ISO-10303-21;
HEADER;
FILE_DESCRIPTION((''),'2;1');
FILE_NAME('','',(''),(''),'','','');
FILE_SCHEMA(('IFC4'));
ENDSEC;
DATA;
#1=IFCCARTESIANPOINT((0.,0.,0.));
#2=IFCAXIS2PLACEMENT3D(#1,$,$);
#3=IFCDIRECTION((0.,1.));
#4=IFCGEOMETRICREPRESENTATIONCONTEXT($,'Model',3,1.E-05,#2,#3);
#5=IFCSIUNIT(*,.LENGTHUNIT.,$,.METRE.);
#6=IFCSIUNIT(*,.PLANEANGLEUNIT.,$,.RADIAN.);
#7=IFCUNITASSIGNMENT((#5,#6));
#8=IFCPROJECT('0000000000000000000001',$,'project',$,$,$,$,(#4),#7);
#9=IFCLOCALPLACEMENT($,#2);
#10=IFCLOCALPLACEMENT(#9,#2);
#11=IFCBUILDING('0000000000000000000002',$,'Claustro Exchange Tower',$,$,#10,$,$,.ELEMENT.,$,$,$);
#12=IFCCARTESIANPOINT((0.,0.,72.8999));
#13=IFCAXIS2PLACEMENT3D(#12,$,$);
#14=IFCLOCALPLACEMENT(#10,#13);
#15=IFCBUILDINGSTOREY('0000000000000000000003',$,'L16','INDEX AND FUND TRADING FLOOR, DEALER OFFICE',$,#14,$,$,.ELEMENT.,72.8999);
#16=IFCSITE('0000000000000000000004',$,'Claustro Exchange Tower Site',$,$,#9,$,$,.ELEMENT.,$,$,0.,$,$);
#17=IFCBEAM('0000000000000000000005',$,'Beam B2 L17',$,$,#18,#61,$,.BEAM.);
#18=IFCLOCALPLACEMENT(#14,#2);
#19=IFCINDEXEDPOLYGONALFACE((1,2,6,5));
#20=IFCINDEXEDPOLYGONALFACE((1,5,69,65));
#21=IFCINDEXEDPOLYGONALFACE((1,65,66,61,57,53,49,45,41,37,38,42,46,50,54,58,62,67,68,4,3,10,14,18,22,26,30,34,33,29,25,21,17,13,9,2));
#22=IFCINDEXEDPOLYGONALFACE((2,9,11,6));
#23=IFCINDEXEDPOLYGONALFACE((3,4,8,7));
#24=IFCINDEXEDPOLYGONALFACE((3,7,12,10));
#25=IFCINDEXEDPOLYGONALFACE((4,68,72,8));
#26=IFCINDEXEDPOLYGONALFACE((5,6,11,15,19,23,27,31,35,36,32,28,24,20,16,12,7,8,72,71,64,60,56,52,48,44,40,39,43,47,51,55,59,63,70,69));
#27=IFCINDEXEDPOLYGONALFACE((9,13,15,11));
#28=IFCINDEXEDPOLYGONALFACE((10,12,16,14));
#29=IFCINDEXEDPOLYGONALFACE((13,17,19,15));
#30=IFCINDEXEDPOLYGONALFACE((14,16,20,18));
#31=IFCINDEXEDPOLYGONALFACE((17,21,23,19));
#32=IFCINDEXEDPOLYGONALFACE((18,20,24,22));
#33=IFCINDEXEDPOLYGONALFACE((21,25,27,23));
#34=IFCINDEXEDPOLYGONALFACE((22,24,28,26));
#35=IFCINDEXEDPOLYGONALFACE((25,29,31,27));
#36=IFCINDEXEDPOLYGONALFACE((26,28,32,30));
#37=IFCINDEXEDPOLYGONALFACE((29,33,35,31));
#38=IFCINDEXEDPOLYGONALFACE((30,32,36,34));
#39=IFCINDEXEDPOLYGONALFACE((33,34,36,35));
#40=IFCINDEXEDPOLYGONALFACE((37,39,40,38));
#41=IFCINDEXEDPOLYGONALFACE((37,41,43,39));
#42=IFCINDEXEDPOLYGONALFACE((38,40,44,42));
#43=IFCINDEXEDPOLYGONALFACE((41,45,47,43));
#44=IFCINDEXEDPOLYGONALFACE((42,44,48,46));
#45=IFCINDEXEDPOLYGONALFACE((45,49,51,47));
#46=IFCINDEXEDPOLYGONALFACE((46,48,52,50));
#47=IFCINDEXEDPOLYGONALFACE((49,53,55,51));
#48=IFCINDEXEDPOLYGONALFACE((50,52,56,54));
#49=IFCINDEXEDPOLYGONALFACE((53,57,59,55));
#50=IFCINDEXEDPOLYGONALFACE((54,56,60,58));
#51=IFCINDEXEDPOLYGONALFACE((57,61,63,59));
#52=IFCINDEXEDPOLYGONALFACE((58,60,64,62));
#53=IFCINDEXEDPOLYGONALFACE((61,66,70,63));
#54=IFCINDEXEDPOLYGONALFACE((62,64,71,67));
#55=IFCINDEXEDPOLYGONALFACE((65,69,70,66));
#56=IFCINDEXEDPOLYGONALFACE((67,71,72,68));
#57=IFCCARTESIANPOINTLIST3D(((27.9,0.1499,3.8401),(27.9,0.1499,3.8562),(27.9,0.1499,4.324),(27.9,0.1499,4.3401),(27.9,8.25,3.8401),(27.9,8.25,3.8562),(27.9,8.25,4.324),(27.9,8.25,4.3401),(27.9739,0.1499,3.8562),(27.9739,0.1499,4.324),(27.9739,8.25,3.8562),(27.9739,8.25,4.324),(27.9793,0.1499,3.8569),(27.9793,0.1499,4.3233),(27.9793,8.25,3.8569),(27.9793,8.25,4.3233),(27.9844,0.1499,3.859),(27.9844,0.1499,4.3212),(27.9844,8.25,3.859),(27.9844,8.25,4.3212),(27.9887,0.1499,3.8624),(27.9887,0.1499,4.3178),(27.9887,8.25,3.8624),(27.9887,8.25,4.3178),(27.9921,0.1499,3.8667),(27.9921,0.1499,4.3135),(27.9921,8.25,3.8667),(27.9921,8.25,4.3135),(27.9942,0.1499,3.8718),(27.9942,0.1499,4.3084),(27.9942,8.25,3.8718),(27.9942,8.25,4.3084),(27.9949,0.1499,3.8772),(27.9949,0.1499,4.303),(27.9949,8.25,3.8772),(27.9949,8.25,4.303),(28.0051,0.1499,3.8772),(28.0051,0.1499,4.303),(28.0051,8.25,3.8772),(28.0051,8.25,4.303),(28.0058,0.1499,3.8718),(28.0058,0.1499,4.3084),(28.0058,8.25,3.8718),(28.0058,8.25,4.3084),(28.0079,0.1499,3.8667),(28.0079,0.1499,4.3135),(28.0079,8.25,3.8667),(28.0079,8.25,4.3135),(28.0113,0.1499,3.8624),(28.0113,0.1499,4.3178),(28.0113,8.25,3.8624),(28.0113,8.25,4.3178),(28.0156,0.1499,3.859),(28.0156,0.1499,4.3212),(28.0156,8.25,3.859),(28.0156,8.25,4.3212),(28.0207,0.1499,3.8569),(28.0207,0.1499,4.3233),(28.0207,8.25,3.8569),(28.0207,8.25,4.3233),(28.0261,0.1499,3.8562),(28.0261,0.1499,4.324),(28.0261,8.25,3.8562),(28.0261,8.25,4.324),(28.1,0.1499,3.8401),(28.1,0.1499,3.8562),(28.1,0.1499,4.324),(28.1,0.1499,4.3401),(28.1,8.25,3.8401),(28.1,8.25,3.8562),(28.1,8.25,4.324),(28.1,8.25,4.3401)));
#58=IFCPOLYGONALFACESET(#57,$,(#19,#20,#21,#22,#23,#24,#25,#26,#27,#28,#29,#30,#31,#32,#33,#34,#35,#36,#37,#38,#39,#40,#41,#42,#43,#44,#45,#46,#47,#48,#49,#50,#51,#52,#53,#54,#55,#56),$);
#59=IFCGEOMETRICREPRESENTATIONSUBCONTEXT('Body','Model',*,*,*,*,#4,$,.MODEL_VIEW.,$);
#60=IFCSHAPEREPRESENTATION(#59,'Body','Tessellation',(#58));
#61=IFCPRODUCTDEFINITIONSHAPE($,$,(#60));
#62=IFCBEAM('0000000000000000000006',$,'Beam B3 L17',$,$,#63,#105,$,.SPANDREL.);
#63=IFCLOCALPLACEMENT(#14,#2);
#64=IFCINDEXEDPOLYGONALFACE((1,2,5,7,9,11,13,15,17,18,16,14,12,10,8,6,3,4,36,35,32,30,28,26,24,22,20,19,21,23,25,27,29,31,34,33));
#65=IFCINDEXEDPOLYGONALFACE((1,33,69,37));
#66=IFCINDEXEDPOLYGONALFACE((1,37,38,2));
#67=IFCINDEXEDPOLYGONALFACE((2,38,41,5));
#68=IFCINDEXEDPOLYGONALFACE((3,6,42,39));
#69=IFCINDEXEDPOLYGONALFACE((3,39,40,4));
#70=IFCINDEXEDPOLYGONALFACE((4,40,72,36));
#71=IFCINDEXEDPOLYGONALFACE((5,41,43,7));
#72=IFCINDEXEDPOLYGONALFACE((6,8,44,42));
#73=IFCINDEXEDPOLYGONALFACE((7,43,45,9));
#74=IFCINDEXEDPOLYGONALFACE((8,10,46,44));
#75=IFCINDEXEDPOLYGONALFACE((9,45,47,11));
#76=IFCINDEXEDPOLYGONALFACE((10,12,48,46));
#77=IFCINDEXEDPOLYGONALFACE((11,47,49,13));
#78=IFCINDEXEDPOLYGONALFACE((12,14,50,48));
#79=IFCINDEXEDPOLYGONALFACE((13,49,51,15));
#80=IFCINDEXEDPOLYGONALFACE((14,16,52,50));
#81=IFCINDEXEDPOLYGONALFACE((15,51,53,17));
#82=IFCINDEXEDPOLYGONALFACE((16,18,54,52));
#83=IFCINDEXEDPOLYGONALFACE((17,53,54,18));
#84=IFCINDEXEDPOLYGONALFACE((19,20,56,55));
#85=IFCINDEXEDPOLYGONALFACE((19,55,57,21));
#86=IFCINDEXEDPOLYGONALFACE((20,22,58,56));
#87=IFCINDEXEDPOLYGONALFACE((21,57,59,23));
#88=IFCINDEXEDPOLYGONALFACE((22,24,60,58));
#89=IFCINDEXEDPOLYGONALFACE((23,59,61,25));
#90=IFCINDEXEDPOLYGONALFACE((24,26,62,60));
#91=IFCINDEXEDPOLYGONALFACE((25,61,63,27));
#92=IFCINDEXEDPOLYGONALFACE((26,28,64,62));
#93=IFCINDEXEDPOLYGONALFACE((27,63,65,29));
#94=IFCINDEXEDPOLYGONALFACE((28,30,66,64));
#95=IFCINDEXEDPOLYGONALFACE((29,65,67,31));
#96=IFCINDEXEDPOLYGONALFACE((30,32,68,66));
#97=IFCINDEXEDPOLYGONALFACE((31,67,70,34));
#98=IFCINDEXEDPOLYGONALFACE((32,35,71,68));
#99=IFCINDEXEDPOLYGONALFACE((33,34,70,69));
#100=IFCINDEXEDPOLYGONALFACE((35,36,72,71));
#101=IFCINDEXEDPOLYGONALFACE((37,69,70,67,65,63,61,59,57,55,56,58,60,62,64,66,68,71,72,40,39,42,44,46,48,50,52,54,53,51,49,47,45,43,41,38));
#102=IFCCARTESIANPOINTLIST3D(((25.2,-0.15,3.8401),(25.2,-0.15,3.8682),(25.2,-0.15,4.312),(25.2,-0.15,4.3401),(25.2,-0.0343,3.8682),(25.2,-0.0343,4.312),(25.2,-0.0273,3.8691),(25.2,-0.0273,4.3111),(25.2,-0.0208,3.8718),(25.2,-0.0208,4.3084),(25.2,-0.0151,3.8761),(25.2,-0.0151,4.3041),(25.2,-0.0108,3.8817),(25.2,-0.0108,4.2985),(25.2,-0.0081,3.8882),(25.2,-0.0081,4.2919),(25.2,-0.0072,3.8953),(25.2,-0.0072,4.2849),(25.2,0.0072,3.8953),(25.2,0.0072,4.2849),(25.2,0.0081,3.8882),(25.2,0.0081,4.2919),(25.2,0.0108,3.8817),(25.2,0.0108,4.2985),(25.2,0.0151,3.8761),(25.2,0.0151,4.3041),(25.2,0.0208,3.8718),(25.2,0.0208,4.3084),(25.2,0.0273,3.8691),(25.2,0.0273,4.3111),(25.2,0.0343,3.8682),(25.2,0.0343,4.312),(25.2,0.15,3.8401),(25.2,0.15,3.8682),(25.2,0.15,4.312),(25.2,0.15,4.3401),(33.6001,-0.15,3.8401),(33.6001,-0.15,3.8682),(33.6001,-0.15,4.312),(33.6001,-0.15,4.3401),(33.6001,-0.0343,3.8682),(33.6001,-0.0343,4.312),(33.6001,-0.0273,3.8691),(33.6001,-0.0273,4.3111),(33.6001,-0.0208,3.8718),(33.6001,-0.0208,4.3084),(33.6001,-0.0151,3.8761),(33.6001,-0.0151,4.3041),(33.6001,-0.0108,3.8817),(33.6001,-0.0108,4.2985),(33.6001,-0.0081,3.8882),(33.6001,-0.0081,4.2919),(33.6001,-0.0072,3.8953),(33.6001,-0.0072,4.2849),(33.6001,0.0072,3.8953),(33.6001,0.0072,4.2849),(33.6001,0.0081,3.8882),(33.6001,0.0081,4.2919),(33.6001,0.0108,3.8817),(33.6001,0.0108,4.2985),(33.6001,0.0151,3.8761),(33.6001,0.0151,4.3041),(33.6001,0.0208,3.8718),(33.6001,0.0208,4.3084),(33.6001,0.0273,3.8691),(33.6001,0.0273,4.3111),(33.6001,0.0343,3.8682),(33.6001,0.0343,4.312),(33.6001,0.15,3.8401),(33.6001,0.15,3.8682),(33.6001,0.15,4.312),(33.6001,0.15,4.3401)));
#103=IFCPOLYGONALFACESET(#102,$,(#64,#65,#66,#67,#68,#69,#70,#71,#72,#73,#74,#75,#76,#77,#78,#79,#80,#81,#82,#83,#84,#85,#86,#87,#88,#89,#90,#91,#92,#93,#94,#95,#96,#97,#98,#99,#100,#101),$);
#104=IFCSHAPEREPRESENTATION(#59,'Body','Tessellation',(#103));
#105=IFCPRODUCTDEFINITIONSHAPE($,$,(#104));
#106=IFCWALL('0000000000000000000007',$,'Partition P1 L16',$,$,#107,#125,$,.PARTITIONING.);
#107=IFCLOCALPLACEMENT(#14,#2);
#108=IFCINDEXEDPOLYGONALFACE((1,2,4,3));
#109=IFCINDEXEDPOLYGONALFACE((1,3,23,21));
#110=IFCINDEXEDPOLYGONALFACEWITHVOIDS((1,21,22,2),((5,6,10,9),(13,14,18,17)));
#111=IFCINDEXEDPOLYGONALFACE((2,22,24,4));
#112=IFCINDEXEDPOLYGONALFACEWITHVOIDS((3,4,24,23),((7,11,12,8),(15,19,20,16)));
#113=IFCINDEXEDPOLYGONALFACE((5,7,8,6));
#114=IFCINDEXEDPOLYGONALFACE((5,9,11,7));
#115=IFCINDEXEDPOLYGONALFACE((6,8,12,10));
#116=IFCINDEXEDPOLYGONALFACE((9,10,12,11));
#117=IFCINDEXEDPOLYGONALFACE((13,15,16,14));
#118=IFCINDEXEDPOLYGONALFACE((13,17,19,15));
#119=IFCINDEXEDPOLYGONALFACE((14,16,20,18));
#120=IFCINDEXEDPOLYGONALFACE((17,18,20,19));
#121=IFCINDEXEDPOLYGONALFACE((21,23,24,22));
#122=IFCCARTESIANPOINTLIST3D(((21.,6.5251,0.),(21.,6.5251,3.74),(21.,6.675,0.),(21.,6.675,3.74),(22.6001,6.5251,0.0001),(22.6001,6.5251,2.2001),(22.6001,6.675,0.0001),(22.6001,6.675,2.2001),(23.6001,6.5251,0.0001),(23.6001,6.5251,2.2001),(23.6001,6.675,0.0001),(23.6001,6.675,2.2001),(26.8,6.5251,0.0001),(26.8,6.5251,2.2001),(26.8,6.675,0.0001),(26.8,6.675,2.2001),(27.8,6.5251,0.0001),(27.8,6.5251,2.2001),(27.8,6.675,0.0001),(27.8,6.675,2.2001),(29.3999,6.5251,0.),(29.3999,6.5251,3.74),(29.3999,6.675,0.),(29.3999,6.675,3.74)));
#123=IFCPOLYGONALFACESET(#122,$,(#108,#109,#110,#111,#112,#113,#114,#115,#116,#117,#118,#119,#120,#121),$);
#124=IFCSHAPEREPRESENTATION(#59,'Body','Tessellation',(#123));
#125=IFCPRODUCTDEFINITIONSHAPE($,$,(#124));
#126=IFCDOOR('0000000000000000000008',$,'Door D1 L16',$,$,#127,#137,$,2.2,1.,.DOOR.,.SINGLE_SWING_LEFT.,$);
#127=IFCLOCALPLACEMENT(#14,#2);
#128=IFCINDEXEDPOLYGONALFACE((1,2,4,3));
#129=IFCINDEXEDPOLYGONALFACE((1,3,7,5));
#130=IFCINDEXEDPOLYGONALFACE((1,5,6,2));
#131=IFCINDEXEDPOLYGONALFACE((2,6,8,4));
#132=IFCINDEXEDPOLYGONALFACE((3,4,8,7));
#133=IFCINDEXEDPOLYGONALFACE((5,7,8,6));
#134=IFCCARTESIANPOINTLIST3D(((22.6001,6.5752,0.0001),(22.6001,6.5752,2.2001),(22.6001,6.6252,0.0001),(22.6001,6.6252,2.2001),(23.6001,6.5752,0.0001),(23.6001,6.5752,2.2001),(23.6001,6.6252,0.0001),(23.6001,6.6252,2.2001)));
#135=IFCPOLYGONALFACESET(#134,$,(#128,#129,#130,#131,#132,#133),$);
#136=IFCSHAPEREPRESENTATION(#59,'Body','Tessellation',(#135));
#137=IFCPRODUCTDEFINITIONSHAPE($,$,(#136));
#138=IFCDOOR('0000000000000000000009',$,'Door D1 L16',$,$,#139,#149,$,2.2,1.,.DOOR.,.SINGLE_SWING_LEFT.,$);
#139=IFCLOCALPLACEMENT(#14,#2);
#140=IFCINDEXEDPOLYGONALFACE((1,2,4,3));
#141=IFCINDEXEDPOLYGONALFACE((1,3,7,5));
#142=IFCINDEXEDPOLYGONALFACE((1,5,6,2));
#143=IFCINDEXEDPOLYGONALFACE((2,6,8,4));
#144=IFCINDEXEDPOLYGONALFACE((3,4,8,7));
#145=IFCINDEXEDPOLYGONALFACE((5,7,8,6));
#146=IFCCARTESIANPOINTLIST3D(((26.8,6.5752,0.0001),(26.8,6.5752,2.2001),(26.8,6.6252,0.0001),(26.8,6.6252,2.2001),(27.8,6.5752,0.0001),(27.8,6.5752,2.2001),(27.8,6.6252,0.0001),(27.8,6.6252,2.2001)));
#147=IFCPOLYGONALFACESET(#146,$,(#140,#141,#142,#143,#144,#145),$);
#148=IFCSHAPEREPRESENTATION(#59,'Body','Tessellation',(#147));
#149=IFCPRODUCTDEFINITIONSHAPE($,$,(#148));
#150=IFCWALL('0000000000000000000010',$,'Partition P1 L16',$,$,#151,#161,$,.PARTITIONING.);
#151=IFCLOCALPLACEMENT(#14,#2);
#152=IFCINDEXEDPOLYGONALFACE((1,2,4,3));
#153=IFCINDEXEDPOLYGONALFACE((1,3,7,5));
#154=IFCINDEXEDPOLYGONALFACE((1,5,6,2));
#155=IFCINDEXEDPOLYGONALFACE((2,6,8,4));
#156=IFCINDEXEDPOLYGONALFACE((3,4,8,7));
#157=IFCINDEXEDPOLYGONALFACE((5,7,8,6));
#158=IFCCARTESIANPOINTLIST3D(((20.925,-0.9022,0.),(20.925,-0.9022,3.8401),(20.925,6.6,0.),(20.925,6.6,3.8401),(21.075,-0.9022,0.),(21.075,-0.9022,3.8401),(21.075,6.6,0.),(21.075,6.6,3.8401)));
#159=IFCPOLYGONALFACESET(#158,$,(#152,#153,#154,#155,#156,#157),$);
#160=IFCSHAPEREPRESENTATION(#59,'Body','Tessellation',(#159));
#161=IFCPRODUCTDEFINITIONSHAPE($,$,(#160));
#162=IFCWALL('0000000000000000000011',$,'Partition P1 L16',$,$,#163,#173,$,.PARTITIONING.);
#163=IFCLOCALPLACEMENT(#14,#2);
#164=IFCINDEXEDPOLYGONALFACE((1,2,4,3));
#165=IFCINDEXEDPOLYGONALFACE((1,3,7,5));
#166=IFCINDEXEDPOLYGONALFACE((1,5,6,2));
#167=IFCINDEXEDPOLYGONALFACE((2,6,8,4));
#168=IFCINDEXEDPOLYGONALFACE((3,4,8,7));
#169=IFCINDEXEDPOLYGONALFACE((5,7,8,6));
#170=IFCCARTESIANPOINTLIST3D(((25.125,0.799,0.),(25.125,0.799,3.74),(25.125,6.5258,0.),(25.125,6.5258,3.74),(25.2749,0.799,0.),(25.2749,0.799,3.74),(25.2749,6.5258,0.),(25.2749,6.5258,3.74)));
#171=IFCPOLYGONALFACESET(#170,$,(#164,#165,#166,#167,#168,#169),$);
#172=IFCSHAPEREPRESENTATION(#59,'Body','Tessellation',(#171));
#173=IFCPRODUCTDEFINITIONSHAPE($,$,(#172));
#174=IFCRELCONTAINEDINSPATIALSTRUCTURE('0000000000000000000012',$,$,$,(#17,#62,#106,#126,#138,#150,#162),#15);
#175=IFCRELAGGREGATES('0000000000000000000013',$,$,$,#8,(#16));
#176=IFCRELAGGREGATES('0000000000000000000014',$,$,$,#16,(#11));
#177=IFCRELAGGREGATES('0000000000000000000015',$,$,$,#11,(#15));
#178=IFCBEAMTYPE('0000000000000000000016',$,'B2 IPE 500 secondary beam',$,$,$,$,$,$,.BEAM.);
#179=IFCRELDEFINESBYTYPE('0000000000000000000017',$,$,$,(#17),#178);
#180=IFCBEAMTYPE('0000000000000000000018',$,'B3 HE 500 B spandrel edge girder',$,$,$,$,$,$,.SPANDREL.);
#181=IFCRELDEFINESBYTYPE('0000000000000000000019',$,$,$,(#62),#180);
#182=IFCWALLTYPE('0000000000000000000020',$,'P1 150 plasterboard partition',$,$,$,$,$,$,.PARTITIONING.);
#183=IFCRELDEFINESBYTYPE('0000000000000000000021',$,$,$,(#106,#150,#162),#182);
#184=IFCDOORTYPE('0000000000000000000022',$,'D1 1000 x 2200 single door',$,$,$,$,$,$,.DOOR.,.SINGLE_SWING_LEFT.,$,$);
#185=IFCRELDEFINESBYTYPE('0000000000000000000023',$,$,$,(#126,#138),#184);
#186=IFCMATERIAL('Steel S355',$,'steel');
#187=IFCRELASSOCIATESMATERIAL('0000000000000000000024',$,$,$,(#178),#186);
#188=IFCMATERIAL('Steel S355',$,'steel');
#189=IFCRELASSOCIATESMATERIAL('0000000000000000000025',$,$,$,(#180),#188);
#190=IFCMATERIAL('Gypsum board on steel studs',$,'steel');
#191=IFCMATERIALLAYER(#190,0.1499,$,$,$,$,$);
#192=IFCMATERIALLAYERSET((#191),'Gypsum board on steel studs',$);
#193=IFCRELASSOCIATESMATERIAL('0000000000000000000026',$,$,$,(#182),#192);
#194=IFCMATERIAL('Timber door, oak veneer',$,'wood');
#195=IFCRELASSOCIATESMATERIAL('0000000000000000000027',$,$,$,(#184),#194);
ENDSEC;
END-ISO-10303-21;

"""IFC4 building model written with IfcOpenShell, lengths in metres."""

from ifc_helpers import new_model, si_unit, direction, frame, frame_2d, origin, origin_2d, place, context, subcontext, project, spatial, rectangle, i_section, extrude, material, layer, layer_set, material_profile, profile_set, type_object, element, fill, save


model = new_model("IFC4")

# Units and contexts
model_context = context("Model", 3, precision=1e-05, world=origin(), true_north=direction((0.0, 1.0)))
body_context = subcontext(model_context, "Body", "Model", "MODEL_VIEW")
ifc_project = project(units=[si_unit("LENGTHUNIT", "METRE"), si_unit("PLANEANGLEUNIT", "RADIAN")], contexts=[model_context])

# Site, building, storey
site_placement = place(None, origin())
site = spatial("IfcSite", under=ifc_project, at=site_placement, Name="Claustro Exchange Tower Site", CompositionType="ELEMENT", RefElevation=0.0)
building_placement = place(site_placement, origin())
building = spatial("IfcBuilding", under=site, at=building_placement, Name="Claustro Exchange Tower", CompositionType="ELEMENT")
storey_placement = place(building_placement, frame((0.0, 0.0, 72.8999)))
storey = spatial("IfcBuildingStorey", under=building, at=storey_placement, Name="L16", Description="INDEX AND FUND TRADING FLOOR, DEALER OFFICE", CompositionType="ELEMENT", Elevation=72.8999)

# Beams
ifc_material_1 = material(Name="Steel S355", Category="steel")
ifc_material_profile_1 = material_profile(ifc_material_1, i_section(OverallWidth=0.2, OverallDepth=0.5, WebThickness=0.0103, FlangeThickness=0.0161, FilletRadius=0.021, at=origin_2d()), Name="IPE 500")
ifc_profile_set_1 = profile_set([ifc_material_profile_1], Name="Steel S355")
beam_type_1 = type_object("IfcBeamType", Name="B2 IPE 500 secondary beam", PredefinedType="BEAM", material=ifc_profile_set_1)
beam_1_placement = place(storey_placement, frame((28.0, 0.1499, 4.0901), z_axis=(0.0, 1.0, 0.0), x_axis=(-1.0, 0.0, 0.0)))
element("IfcBeam", 1, at=beam_1_placement, inside=storey, type_object=beam_type_1, Name="Beam B2 L17", PredefinedType="BEAM", context=body_context, shape_type="SweptSolid", body=[
    extrude(i_section(OverallWidth=0.2, OverallDepth=0.5, WebThickness=0.0103, FlangeThickness=0.0161, FilletRadius=0.021, at=origin_2d()), origin(), (0.0, 0.0, 1.0), 8.1001),
])
ifc_material_2 = material(Name="Steel S355", Category="steel")
ifc_material_profile_2 = material_profile(ifc_material_2, i_section(OverallWidth=0.3, OverallDepth=0.5, WebThickness=0.0144, FlangeThickness=0.0281, FilletRadius=0.0271, at=origin_2d()), Name="HE 500 B")
ifc_profile_set_2 = profile_set([ifc_material_profile_2], Name="Steel S355")
beam_type_2 = type_object("IfcBeamType", Name="B3 HE 500 B spandrel edge girder", PredefinedType="SPANDREL", material=ifc_profile_set_2)
beam_2_placement = place(storey_placement, frame((25.2, 0.0, 4.0901), z_axis=(1.0, 0.0, 0.0), x_axis=(0.0, 1.0, 0.0)))
element("IfcBeam", 2, at=beam_2_placement, inside=storey, type_object=beam_type_2, Name="Beam B3 L17", PredefinedType="SPANDREL", context=body_context, shape_type="SweptSolid", body=[
    extrude(i_section(OverallWidth=0.3, OverallDepth=0.5, WebThickness=0.0144, FlangeThickness=0.0281, FilletRadius=0.0271, at=origin_2d()), origin(), (0.0, 0.0, 1.0), 8.4001),
])

# Wall, openings, doors
ifc_material_3 = material(Name="Gypsum board on steel studs", Category="steel")
ifc_layer_1 = layer(ifc_material_3, 0.1499)
ifc_layer_set_1 = layer_set([ifc_layer_1], Name="Gypsum board on steel studs")
wall_type_1 = type_object("IfcWallType", Name="P1 150 plasterboard partition", PredefinedType="PARTITIONING", material=ifc_layer_set_1)
wall_1_placement = place(storey_placement, frame((21.0, 6.6001, 0.0), z_axis=(0.0, 0.0, 1.0), x_axis=(1.0, 0.0, 0.0)))
wall_1 = element("IfcWall", 3, at=wall_1_placement, inside=storey, type_object=wall_type_1, Name="Partition P1 L16", PredefinedType="PARTITIONING", context=body_context, shape_type="SweptSolid", body=[
    extrude(rectangle(XDim=8.3999, YDim=0.1499, at=frame_2d((4.2, 0.0))), origin(), (0.0, 0.0, 1.0), 3.74),
])
opening_1_placement = place(wall_1_placement, frame((1.6001, 0.0, 0.0)))
opening_1 = element("IfcOpeningElement", 4, at=opening_1_placement, cuts=wall_1, PredefinedType="OPENING", context=body_context, shape_type="SweptSolid", body=[
    extrude(rectangle(XDim=1.0, YDim=2.2, at=frame_2d((0.5, 1.1001))), frame((0.0, 0.085, 0.0), z_axis=(0.0, -1.0, 0.0), x_axis=(1.0, 0.0, 0.0)), (0.0, 0.0, 1.0), 0.1699),
])
opening_2_placement = place(wall_1_placement, frame((5.8, 0.0, 0.0)))
opening_2 = element("IfcOpeningElement", 5, at=opening_2_placement, cuts=wall_1, PredefinedType="OPENING", context=body_context, shape_type="SweptSolid", body=[
    extrude(rectangle(XDim=1.0, YDim=2.2, at=frame_2d((0.5, 1.1001))), frame((0.0, 0.085, 0.0), z_axis=(0.0, -1.0, 0.0), x_axis=(1.0, 0.0, 0.0)), (0.0, 0.0, 1.0), 0.1699),
])
ifc_material_4 = material(Name="Timber door, oak veneer", Category="wood")
door_type = type_object("IfcDoorType", Name="D1 1000 x 2200 single door", OperationType="SINGLE_SWING_LEFT", PredefinedType="DOOR", material=ifc_material_4)
door_1_placement = place(opening_1_placement, frame((1.0, 0.0, 0.0), z_axis=(0.0, 0.0, 1.0), x_axis=(-1.0, 0.0, 0.0)))
door_1 = element("IfcDoor", 6, at=door_1_placement, inside=storey, type_object=door_type, Name="Door D1 L16", OperationType="SINGLE_SWING_LEFT", OverallHeight=2.2, OverallWidth=1.0, PredefinedType="DOOR", context=body_context, shape_type="SweptSolid", body=[
    extrude(rectangle(XDim=1.0, YDim=2.2, at=frame_2d((0.5, 1.1001))), frame((0.0, 0.0249, 0.0), z_axis=(0.0, -1.0, 0.0), x_axis=(1.0, 0.0, 0.0)), (0.0, 0.0, 1.0), 0.05),
])
fill(opening_1, door_1)
door_2_placement = place(opening_2_placement, frame((1.0, 0.0, 0.0), z_axis=(0.0, 0.0, 1.0), x_axis=(-1.0, 0.0, 0.0)))
door_2 = element("IfcDoor", 7, at=door_2_placement, inside=storey, type_object=door_type, Name="Door D1 L16", OperationType="SINGLE_SWING_LEFT", OverallHeight=2.2, OverallWidth=1.0, PredefinedType="DOOR", context=body_context, shape_type="SweptSolid", body=[
    extrude(rectangle(XDim=1.0, YDim=2.2, at=frame_2d((0.5, 1.1001))), frame((0.0, 0.0249, 0.0), z_axis=(0.0, -1.0, 0.0), x_axis=(1.0, 0.0, 0.0)), (0.0, 0.0, 1.0), 0.05),
])
fill(opening_2, door_2)

# Walls
wall_2_placement = place(storey_placement, frame((21.0, -0.9021, 0.0), z_axis=(0.0, 0.0, 1.0), x_axis=(0.0, 1.0, 0.0)))
element("IfcWall", 8, at=wall_2_placement, inside=storey, type_object=wall_type_1, Name="Partition P1 L16", PredefinedType="PARTITIONING", context=body_context, shape_type="SweptSolid", body=[
    extrude(rectangle(XDim=7.5022, YDim=0.1499, at=frame_2d((3.751, 0.0))), origin(), (0.0, 0.0, 1.0), 3.8401),
])
wall_3_placement = place(storey_placement, frame((25.2, 0.7991, 0.0), z_axis=(0.0, 0.0, 1.0), x_axis=(0.0, 1.0, 0.0)))
element("IfcWall", 9, at=wall_3_placement, inside=storey, type_object=wall_type_1, Name="Partition P1 L16", PredefinedType="PARTITIONING", context=body_context, shape_type="SweptSolid", body=[
    extrude(rectangle(XDim=5.7268, YDim=0.1499, at=frame_2d((2.8633, 0.0))), origin(), (0.0, 0.0, 1.0), 3.74),
])

save(model, "model.ifc")
